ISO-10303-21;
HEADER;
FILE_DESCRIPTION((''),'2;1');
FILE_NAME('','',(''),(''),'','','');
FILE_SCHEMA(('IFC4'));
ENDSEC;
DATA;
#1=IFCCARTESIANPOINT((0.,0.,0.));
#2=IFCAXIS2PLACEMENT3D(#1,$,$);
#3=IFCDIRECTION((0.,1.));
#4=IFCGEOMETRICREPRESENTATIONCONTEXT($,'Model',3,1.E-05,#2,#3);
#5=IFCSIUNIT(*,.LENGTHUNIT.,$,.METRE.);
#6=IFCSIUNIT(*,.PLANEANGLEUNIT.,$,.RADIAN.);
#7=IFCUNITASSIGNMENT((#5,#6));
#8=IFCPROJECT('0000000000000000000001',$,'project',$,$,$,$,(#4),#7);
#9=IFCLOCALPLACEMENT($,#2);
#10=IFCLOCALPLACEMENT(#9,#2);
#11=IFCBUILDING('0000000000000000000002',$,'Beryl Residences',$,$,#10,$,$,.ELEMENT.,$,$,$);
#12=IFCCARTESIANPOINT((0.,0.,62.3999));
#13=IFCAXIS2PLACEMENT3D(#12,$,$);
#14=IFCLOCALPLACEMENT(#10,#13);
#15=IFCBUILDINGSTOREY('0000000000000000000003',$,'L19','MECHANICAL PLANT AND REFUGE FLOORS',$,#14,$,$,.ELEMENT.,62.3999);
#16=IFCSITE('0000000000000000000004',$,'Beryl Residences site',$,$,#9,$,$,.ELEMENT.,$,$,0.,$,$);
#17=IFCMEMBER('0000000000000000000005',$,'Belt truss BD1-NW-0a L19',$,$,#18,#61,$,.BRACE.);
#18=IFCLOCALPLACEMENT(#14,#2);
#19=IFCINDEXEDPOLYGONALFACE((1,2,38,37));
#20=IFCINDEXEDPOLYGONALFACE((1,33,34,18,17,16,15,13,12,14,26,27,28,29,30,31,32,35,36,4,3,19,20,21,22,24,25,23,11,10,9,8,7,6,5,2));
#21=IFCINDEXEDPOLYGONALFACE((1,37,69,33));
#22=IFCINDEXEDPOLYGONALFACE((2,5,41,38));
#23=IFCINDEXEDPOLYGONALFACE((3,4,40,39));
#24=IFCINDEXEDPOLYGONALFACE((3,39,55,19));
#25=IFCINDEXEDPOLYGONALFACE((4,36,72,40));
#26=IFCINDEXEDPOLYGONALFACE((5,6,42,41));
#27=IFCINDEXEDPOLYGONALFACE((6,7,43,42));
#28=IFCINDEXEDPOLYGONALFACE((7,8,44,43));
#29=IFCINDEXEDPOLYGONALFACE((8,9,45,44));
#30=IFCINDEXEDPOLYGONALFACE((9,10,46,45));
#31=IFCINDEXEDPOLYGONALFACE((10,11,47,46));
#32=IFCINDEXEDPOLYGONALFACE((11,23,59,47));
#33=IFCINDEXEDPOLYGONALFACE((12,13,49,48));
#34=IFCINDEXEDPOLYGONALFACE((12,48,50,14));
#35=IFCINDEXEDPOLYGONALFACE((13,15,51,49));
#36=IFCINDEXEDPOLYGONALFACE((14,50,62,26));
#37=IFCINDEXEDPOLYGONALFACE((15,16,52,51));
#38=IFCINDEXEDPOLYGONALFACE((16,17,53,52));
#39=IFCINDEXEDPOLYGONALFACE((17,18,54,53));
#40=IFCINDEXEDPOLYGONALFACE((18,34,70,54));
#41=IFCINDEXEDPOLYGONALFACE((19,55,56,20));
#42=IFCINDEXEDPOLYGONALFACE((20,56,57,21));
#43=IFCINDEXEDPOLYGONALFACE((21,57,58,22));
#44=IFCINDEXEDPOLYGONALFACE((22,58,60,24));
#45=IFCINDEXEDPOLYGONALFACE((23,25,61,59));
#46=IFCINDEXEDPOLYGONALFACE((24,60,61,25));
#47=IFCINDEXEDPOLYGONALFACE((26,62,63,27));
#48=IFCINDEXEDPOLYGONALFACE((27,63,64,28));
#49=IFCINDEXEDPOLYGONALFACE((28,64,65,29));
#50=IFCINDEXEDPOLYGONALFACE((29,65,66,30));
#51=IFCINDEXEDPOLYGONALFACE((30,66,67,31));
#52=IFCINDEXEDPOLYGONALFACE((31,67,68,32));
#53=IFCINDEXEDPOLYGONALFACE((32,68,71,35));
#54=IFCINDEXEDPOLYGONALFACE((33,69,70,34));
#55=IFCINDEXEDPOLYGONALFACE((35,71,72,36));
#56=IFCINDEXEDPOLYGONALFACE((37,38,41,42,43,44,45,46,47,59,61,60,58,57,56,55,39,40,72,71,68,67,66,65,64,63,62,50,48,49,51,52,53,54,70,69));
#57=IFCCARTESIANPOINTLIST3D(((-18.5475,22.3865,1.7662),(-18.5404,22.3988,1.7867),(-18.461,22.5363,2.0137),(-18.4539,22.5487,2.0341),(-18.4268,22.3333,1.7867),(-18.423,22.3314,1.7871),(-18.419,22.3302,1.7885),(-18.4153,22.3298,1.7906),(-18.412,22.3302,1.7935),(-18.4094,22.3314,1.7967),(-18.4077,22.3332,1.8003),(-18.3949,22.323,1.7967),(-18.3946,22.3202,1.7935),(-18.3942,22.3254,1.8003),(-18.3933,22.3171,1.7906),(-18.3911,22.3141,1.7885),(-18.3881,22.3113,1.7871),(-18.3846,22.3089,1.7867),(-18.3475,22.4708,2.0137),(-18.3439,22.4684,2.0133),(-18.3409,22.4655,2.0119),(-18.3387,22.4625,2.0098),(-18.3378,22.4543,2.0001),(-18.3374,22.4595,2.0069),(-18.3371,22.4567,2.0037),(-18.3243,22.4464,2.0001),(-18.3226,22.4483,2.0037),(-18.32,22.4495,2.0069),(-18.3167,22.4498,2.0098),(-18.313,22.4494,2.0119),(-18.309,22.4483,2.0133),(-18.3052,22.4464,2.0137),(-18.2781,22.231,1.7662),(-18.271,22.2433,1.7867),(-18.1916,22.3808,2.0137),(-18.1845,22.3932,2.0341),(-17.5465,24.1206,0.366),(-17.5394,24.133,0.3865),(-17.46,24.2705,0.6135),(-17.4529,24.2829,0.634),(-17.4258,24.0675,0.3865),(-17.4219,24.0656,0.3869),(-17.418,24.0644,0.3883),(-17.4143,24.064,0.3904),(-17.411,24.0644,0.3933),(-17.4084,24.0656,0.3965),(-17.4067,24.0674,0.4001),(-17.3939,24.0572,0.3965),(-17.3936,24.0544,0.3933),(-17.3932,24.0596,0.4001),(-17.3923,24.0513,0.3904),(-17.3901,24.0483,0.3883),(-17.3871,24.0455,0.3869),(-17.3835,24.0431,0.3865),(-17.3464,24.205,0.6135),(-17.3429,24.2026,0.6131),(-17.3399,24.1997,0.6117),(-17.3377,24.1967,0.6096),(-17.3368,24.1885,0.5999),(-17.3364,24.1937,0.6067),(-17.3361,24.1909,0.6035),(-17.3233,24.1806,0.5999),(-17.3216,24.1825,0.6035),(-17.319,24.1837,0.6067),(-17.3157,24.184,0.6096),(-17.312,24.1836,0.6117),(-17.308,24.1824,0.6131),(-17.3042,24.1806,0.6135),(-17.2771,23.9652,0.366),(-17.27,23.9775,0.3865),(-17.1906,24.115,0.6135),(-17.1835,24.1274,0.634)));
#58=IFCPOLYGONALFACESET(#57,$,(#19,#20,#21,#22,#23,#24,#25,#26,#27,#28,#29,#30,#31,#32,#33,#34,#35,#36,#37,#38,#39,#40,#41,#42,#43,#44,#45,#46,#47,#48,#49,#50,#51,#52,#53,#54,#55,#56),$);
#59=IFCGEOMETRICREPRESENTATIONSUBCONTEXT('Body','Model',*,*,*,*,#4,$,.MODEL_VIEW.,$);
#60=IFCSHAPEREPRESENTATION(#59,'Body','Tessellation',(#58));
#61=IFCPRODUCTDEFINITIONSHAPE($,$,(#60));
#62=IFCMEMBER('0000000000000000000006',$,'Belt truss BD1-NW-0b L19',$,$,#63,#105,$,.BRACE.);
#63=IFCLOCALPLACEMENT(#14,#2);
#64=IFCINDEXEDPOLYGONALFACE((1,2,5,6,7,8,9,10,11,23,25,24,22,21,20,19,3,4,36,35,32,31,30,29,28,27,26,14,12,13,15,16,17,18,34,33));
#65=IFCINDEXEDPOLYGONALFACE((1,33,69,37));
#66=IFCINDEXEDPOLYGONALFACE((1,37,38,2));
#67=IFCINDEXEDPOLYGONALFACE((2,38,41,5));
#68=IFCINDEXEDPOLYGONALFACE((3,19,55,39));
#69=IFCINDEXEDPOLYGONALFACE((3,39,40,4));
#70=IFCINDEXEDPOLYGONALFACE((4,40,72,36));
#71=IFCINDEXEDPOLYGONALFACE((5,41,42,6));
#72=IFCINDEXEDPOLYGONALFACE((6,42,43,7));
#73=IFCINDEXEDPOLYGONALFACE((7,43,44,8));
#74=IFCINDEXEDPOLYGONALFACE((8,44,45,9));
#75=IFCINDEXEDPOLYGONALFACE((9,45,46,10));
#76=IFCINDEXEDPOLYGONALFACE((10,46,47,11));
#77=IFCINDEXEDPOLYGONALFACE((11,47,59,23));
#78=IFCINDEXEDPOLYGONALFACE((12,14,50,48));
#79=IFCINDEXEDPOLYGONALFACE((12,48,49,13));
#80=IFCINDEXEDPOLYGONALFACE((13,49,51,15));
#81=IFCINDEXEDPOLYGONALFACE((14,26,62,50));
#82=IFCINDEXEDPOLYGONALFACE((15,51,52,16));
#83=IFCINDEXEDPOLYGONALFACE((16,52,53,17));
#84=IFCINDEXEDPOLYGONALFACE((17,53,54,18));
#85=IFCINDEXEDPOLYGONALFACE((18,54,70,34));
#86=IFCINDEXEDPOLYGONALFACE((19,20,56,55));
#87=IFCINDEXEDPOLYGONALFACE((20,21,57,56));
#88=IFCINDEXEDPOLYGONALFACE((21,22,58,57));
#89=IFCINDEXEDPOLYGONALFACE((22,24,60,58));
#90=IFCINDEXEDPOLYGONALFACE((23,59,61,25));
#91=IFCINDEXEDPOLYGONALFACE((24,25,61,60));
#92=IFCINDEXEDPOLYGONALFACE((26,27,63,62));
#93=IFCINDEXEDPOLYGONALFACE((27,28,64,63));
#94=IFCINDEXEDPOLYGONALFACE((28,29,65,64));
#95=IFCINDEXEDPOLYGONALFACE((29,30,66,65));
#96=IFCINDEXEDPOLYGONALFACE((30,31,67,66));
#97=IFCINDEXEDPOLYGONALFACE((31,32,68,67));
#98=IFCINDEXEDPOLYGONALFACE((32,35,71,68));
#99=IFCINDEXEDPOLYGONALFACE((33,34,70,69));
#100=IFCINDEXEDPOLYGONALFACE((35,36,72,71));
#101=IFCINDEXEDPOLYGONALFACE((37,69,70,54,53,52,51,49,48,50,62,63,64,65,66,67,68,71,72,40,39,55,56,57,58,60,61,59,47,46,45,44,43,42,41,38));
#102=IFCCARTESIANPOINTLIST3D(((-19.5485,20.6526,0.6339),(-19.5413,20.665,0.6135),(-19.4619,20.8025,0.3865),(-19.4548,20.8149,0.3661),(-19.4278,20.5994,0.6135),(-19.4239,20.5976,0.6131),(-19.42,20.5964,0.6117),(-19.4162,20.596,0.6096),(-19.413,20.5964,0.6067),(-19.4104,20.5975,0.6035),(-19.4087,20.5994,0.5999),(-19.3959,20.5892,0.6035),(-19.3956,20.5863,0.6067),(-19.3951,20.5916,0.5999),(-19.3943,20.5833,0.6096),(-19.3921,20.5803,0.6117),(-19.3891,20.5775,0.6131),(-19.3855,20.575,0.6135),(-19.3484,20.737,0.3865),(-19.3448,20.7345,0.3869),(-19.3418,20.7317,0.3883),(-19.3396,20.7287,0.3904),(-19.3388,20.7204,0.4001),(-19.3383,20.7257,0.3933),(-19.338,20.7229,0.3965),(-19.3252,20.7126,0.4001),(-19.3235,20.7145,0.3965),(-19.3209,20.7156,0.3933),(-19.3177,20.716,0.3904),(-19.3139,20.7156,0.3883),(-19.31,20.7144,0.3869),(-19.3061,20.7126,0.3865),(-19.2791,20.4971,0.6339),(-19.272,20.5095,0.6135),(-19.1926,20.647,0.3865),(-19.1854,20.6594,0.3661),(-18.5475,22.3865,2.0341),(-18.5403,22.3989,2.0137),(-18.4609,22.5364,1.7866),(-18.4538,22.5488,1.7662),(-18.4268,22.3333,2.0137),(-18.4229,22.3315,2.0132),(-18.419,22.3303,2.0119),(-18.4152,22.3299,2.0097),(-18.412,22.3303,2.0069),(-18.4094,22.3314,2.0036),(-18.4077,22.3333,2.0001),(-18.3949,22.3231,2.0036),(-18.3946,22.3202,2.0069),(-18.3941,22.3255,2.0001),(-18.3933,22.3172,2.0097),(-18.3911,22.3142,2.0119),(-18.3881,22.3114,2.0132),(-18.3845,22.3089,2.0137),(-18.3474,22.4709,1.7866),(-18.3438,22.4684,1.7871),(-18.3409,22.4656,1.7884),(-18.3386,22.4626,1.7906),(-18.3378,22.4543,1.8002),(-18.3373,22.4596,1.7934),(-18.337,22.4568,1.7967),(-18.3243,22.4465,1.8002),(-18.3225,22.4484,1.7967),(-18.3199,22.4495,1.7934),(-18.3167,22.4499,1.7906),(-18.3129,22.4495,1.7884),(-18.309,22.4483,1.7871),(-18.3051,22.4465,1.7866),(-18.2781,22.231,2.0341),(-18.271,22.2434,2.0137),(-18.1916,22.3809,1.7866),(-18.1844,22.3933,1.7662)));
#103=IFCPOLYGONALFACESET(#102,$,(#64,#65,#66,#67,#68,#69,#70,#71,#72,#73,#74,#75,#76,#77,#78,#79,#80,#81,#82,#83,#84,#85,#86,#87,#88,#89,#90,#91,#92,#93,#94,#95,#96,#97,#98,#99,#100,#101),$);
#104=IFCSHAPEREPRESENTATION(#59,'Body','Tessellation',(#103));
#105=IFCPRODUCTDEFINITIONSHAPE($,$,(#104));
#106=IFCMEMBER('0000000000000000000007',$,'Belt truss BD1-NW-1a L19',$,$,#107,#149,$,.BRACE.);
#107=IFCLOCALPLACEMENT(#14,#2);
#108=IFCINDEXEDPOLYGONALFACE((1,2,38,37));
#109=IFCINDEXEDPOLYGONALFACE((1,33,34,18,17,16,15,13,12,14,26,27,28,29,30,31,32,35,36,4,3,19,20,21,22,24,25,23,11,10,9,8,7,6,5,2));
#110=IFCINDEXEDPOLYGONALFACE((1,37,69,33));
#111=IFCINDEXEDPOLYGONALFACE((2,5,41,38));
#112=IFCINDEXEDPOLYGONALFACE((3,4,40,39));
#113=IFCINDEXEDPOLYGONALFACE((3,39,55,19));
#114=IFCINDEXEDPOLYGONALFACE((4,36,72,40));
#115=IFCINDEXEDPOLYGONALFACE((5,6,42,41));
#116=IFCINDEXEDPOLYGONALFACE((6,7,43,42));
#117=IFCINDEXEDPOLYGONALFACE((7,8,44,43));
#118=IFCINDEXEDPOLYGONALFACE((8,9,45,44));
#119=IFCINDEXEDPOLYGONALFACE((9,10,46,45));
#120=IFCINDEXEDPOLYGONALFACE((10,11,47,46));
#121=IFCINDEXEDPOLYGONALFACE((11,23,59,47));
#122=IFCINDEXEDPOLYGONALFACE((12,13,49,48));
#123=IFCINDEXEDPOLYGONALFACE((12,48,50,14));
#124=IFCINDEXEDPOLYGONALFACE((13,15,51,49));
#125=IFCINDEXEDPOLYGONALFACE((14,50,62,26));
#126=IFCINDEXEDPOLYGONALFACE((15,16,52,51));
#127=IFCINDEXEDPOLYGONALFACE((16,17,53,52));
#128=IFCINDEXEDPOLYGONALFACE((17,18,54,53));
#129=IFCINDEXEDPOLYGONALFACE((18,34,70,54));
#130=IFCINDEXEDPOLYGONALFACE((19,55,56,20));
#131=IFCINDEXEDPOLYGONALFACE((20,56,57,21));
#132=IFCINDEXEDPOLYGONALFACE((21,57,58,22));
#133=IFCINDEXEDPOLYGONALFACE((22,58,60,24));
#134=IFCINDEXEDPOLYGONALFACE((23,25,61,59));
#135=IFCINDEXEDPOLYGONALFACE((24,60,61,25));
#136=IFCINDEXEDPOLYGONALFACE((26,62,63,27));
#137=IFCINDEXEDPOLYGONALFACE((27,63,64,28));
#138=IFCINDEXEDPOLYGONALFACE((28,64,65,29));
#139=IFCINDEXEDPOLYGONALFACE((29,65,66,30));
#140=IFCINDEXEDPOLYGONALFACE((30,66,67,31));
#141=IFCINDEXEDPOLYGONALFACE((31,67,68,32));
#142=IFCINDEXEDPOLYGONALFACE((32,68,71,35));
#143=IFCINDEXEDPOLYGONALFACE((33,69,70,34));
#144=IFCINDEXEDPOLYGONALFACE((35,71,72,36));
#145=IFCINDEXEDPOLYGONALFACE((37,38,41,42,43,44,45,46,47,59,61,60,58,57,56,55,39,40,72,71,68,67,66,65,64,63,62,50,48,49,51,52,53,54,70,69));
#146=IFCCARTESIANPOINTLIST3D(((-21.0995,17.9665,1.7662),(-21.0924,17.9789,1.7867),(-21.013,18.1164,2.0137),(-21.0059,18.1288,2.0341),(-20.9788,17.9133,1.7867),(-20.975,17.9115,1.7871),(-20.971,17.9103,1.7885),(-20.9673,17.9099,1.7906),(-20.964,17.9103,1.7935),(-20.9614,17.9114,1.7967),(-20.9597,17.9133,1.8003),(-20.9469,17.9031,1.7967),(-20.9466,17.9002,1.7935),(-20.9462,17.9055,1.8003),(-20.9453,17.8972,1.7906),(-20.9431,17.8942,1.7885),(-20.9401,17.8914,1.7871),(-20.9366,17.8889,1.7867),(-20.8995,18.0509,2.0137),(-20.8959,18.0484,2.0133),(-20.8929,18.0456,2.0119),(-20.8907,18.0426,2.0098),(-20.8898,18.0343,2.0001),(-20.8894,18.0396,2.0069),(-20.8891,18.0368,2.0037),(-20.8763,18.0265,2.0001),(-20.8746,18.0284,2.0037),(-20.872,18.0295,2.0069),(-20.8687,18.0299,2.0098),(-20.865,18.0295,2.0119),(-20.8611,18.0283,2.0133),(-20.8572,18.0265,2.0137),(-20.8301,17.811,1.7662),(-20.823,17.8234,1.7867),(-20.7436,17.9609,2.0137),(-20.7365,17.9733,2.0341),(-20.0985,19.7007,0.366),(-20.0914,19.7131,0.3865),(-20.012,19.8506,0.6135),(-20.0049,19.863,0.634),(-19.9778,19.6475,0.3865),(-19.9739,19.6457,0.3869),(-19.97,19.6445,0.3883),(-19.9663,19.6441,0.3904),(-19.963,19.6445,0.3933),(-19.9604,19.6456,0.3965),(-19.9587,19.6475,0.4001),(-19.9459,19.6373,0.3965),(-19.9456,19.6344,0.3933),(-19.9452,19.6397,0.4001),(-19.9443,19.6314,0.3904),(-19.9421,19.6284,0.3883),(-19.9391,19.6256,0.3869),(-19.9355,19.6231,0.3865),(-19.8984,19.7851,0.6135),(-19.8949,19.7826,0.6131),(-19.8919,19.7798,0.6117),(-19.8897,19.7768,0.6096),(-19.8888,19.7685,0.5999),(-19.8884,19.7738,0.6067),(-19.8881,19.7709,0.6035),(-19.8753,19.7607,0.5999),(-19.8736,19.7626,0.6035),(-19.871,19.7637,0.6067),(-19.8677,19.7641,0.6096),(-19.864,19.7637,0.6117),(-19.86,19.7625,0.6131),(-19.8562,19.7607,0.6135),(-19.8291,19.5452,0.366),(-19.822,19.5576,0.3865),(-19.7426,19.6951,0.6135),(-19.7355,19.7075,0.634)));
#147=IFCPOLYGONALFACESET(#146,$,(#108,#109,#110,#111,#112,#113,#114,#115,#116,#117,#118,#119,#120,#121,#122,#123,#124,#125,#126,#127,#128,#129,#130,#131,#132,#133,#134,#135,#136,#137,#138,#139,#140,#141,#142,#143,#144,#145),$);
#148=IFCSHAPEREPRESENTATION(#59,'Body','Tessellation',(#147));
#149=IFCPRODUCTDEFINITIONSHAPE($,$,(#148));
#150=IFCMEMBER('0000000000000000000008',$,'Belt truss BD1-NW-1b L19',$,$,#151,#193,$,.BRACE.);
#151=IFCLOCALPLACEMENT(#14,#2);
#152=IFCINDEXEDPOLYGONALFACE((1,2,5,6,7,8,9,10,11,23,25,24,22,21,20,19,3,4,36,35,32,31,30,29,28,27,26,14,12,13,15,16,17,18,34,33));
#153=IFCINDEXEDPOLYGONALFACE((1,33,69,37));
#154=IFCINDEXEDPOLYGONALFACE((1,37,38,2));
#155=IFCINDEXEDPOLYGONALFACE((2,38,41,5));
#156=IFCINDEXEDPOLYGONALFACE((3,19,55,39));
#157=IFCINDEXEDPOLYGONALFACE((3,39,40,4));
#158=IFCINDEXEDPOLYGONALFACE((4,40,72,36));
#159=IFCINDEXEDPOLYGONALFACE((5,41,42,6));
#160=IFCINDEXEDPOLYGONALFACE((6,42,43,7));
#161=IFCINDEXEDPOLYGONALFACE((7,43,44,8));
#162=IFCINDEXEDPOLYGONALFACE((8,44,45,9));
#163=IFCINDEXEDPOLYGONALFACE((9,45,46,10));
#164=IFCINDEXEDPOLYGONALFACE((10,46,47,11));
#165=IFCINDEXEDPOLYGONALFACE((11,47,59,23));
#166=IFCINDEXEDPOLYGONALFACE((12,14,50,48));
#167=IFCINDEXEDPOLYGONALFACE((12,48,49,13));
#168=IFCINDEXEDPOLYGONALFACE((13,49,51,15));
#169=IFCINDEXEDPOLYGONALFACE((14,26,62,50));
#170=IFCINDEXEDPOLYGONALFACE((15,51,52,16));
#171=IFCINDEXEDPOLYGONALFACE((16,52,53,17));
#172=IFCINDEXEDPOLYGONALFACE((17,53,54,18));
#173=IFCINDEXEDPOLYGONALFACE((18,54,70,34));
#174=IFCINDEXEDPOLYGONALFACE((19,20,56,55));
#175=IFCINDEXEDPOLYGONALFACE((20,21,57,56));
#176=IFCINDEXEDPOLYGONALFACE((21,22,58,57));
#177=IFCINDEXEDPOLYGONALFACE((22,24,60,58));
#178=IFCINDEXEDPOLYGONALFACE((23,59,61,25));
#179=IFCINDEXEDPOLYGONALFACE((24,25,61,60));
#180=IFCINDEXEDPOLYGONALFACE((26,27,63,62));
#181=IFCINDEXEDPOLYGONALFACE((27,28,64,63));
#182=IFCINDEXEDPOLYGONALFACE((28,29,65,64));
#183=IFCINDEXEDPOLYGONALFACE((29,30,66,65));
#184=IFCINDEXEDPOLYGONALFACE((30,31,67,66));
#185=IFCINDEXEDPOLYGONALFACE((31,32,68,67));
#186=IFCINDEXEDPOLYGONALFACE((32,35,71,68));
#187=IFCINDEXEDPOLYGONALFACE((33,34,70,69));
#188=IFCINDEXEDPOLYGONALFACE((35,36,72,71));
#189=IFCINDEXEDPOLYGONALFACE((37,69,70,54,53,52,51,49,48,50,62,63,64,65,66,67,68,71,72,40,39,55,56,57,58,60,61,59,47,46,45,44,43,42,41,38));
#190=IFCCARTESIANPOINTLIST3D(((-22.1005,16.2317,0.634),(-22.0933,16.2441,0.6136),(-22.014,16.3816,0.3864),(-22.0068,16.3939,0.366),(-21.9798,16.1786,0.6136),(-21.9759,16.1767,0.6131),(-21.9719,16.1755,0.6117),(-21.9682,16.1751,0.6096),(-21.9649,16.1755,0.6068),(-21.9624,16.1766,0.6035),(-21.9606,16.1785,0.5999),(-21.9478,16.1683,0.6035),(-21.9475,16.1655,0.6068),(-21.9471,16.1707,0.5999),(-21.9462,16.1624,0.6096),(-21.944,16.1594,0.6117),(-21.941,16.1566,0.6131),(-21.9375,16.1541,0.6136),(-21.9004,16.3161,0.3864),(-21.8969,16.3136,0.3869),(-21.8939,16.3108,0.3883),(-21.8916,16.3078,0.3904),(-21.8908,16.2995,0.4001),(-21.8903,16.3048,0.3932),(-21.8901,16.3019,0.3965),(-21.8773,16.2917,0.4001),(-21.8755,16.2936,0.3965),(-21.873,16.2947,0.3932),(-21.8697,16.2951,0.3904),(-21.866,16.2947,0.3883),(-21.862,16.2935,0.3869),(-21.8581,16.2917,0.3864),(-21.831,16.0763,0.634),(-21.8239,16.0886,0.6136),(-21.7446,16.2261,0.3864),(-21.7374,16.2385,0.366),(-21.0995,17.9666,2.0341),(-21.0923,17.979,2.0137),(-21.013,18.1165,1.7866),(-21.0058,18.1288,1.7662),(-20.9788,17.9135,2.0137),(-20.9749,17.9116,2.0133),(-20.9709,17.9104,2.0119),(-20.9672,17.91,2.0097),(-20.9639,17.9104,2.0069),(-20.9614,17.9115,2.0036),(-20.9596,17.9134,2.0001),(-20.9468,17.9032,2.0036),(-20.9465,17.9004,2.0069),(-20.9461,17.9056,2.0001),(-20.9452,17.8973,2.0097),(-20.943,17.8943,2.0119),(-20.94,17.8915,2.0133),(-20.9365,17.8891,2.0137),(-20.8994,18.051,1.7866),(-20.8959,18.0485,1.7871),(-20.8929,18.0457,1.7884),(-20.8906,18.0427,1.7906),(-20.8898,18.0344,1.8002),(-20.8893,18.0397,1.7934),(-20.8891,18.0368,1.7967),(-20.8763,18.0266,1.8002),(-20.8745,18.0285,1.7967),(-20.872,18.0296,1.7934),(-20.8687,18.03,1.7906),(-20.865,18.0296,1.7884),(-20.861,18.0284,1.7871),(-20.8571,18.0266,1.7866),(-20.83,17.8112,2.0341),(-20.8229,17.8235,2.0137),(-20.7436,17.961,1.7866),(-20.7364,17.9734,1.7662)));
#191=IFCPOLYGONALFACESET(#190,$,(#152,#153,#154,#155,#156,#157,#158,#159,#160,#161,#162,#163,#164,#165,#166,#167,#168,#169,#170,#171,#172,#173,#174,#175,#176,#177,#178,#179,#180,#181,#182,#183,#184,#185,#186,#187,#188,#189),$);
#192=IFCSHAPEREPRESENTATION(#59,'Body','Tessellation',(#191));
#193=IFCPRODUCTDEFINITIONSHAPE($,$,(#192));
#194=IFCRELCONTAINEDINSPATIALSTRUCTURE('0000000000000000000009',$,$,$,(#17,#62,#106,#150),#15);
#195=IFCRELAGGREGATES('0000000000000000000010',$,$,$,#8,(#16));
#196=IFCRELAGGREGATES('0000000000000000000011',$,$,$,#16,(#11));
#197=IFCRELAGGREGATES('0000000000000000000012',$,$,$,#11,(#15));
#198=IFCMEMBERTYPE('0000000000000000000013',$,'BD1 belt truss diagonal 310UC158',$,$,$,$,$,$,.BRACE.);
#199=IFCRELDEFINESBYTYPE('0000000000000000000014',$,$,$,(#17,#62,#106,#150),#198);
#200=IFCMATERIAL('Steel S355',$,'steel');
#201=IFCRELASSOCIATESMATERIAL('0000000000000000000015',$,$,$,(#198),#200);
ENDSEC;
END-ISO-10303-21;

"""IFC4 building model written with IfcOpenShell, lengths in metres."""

from ifc_helpers import new_model, si_unit, direction, frame, origin, origin_2d, place, context, subcontext, project, spatial, i_section, extrude, material, material_profile, profile_set, type_object, element, save


model = new_model("IFC4")

# Units and contexts
model_context = context("Model", 3, precision=1e-05, world=origin(), true_north=direction((0.0, 1.0)))
body_context = subcontext(model_context, "Body", "Model", "MODEL_VIEW")
ifc_project = project(units=[si_unit("LENGTHUNIT", "METRE"), si_unit("PLANEANGLEUNIT", "RADIAN")], contexts=[model_context])

# Site, building, storey
site_placement = place(None, origin())
site = spatial("IfcSite", under=ifc_project, at=site_placement, Name="Beryl Residences site", CompositionType="ELEMENT", RefElevation=0.0)
building_placement = place(site_placement, origin())
building = spatial("IfcBuilding", under=site, at=building_placement, Name="Beryl Residences", CompositionType="ELEMENT")
storey_placement = place(building_placement, frame((0.0, 0.0, 62.3999)))
storey = spatial("IfcBuildingStorey", under=building, at=storey_placement, Name="L19", Description="MECHANICAL PLANT AND REFUGE FLOORS", CompositionType="ELEMENT", Elevation=62.3999)

# Members
ifc_material_1 = material(Name="Steel S355", Category="steel")
ifc_material_profile_1 = material_profile(ifc_material_1, i_section(OverallWidth=0.311, OverallDepth=0.3269, WebThickness=0.0156, FlangeThickness=0.0249, FilletRadius=0.0166, at=origin_2d()))
ifc_profile_set_1 = profile_set([ifc_material_profile_1], Name="Steel S355")
member_type_1 = type_object("IfcMemberType", Name="BD1 belt truss diagonal 310UC158", PredefinedType="BRACE", material=ifc_profile_set_1)
member_1_placement = place(storey_placement, frame((-17.365, 24.124, 0.5), z_axis=(-0.409687, -0.709758, 0.573062), x_axis=(0.866074, -0.499916, 0.0)))
element("IfcMember", 1, at=member_1_placement, inside=storey, type_object=member_type_1, Name="Belt truss BD1-NW-0a L19", PredefinedType="BRACE", context=body_context, shape_type="SweptSolid", body=[
    extrude(i_section(OverallWidth=0.311, OverallDepth=0.3269, WebThickness=0.0156, FlangeThickness=0.0249, FilletRadius=0.0166, at=origin_2d()), origin(), (0.0, 0.0, 1.0), 2.4434),
])
member_2_placement = place(storey_placement, frame((-19.3669, 20.656, 0.5), z_axis=(0.409716, 0.709708, 0.573103), x_axis=(-0.866043, 0.499969, 0.0)))
element("IfcMember", 2, at=member_2_placement, inside=storey, type_object=member_type_1, Name="Belt truss BD1-NW-0b L19", PredefinedType="BRACE", context=body_context, shape_type="SweptSolid", body=[
    extrude(i_section(OverallWidth=0.311, OverallDepth=0.3269, WebThickness=0.0156, FlangeThickness=0.0249, FilletRadius=0.0166, at=origin_2d()), origin(), (0.0, 0.0, 1.0), 2.4431),
])
member_3_placement = place(storey_placement, frame((-19.917, 19.7041, 0.5), z_axis=(-0.409687, -0.709758, 0.573062), x_axis=(0.866074, -0.499916, 0.0)))
element("IfcMember", 3, at=member_3_placement, inside=storey, type_object=member_type_1, Name="Belt truss BD1-NW-1a L19", PredefinedType="BRACE", context=body_context, shape_type="SweptSolid", body=[
    extrude(i_section(OverallWidth=0.311, OverallDepth=0.3269, WebThickness=0.0156, FlangeThickness=0.0249, FilletRadius=0.0166, at=origin_2d()), origin(), (0.0, 0.0, 1.0), 2.4434),
])
member_4_placement = place(storey_placement, frame((-21.9189, 16.2351, 0.5), z_axis=(0.4096, 0.709907, 0.57294), x_axis=(-0.866165, 0.499758, 0.0)))
element("IfcMember", 4, at=member_4_placement, inside=storey, type_object=member_type_1, Name="Belt truss BD1-NW-1b L19", PredefinedType="BRACE", context=body_context, shape_type="SweptSolid", body=[
    extrude(i_section(OverallWidth=0.311, OverallDepth=0.3269, WebThickness=0.0156, FlangeThickness=0.0249, FilletRadius=0.0166, at=origin_2d()), origin(), (0.0, 0.0, 1.0), 2.4438),
])

save(model, "model.ifc")
